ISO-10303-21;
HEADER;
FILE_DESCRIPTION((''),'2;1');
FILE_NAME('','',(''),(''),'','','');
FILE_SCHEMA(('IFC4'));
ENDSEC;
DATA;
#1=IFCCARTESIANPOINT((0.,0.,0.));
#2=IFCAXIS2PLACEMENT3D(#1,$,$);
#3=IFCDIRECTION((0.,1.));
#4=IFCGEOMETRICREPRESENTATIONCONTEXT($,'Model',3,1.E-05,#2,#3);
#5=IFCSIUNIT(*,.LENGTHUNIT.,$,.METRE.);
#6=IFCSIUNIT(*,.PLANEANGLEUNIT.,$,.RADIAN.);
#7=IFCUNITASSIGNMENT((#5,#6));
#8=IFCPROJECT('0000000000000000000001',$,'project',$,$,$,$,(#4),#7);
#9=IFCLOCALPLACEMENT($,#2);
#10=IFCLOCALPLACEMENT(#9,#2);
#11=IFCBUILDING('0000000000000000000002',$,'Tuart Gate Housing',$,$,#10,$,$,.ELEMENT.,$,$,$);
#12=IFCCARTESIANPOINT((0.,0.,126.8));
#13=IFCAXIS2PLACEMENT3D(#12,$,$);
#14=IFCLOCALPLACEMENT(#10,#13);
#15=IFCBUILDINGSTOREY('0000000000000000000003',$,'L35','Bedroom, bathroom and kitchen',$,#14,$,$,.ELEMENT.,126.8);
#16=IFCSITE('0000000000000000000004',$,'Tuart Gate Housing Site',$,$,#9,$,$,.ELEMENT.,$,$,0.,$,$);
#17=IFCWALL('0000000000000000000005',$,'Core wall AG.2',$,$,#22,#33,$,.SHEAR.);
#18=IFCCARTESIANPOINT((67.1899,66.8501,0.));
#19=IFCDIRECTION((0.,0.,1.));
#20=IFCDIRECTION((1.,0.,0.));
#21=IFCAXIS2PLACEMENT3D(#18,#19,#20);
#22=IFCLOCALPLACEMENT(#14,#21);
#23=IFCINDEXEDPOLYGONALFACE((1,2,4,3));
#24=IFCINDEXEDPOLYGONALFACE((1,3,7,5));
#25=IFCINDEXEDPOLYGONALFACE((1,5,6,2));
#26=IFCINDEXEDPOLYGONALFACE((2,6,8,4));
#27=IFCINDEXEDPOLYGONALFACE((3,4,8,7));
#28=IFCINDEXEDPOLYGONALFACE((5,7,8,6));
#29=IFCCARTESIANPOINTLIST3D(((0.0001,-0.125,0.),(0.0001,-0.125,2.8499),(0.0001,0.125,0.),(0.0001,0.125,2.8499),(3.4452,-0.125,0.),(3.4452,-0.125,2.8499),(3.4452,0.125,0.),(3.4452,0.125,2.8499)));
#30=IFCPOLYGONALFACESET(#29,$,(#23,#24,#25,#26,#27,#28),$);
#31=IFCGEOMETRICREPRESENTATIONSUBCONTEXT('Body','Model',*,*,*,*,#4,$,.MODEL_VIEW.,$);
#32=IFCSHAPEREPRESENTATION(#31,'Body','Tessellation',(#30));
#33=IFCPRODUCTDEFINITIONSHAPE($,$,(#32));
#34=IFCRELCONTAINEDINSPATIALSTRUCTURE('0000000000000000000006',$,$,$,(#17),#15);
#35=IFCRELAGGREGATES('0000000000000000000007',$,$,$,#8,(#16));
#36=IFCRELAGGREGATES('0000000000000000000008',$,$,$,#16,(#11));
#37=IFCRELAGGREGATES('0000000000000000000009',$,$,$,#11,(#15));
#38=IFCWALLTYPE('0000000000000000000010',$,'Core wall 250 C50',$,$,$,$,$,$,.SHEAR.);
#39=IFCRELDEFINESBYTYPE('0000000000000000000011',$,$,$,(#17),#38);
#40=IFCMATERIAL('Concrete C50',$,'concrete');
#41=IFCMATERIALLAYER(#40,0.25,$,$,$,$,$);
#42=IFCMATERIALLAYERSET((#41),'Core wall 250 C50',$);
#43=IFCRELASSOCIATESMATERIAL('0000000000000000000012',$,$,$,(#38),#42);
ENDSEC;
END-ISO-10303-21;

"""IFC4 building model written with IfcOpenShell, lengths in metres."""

from ifc_helpers import new_model, si_unit, direction, frame, frame_2d, origin, place, context, subcontext, project, spatial, rectangle, extrude, material, layer, layer_set, type_object, element, save


model = new_model("IFC4")

# Units and contexts
model_context = context("Model", 3, precision=1e-05, world=origin(), true_north=direction((0.0, 1.0)))
body_context = subcontext(model_context, "Body", "Model", "MODEL_VIEW")
ifc_project = project(units=[si_unit("LENGTHUNIT", "METRE"), si_unit("PLANEANGLEUNIT", "RADIAN")], contexts=[model_context])

# Site, building, storey
site_placement = place(None, origin())
site = spatial("IfcSite", under=ifc_project, at=site_placement, Name="Tuart Gate Housing Site", CompositionType="ELEMENT", RefElevation=0.0)
building_placement = place(site_placement, origin())
building = spatial("IfcBuilding", under=site, at=building_placement, Name="Tuart Gate Housing", CompositionType="ELEMENT")
storey_placement = place(building_placement, frame((0.0, 0.0, 126.8)))
storey = spatial("IfcBuildingStorey", under=building, at=storey_placement, Name="L35", Description="Bedroom, bathroom and kitchen", CompositionType="ELEMENT", Elevation=126.8)

# Wall
ifc_material_1 = material(Name="Concrete C50", Category="concrete")
ifc_layer_1 = layer(ifc_material_1, 0.25)
ifc_layer_set_1 = layer_set([ifc_layer_1], Name="Core wall 250 C50")
wall_type_1 = type_object("IfcWallType", Name="Core wall 250 C50", PredefinedType="SHEAR", material=ifc_layer_set_1)
wall_1_placement = place(storey_placement, frame((67.1899, 66.8501, 0.0), z_axis=(0.0, 0.0, 1.0), x_axis=(1.0, 0.0, 0.0)))
element("IfcWall", 1, at=wall_1_placement, inside=storey, type_object=wall_type_1, Name="Core wall AG.2", PredefinedType="SHEAR", context=body_context, shape_type="SweptSolid", body=[
    extrude(rectangle(XDim=3.4451, YDim=0.25, at=frame_2d((1.7227, 0.0))), origin(), (0.0, 0.0, 1.0), 2.8499),
])

save(model, "model.ifc")
